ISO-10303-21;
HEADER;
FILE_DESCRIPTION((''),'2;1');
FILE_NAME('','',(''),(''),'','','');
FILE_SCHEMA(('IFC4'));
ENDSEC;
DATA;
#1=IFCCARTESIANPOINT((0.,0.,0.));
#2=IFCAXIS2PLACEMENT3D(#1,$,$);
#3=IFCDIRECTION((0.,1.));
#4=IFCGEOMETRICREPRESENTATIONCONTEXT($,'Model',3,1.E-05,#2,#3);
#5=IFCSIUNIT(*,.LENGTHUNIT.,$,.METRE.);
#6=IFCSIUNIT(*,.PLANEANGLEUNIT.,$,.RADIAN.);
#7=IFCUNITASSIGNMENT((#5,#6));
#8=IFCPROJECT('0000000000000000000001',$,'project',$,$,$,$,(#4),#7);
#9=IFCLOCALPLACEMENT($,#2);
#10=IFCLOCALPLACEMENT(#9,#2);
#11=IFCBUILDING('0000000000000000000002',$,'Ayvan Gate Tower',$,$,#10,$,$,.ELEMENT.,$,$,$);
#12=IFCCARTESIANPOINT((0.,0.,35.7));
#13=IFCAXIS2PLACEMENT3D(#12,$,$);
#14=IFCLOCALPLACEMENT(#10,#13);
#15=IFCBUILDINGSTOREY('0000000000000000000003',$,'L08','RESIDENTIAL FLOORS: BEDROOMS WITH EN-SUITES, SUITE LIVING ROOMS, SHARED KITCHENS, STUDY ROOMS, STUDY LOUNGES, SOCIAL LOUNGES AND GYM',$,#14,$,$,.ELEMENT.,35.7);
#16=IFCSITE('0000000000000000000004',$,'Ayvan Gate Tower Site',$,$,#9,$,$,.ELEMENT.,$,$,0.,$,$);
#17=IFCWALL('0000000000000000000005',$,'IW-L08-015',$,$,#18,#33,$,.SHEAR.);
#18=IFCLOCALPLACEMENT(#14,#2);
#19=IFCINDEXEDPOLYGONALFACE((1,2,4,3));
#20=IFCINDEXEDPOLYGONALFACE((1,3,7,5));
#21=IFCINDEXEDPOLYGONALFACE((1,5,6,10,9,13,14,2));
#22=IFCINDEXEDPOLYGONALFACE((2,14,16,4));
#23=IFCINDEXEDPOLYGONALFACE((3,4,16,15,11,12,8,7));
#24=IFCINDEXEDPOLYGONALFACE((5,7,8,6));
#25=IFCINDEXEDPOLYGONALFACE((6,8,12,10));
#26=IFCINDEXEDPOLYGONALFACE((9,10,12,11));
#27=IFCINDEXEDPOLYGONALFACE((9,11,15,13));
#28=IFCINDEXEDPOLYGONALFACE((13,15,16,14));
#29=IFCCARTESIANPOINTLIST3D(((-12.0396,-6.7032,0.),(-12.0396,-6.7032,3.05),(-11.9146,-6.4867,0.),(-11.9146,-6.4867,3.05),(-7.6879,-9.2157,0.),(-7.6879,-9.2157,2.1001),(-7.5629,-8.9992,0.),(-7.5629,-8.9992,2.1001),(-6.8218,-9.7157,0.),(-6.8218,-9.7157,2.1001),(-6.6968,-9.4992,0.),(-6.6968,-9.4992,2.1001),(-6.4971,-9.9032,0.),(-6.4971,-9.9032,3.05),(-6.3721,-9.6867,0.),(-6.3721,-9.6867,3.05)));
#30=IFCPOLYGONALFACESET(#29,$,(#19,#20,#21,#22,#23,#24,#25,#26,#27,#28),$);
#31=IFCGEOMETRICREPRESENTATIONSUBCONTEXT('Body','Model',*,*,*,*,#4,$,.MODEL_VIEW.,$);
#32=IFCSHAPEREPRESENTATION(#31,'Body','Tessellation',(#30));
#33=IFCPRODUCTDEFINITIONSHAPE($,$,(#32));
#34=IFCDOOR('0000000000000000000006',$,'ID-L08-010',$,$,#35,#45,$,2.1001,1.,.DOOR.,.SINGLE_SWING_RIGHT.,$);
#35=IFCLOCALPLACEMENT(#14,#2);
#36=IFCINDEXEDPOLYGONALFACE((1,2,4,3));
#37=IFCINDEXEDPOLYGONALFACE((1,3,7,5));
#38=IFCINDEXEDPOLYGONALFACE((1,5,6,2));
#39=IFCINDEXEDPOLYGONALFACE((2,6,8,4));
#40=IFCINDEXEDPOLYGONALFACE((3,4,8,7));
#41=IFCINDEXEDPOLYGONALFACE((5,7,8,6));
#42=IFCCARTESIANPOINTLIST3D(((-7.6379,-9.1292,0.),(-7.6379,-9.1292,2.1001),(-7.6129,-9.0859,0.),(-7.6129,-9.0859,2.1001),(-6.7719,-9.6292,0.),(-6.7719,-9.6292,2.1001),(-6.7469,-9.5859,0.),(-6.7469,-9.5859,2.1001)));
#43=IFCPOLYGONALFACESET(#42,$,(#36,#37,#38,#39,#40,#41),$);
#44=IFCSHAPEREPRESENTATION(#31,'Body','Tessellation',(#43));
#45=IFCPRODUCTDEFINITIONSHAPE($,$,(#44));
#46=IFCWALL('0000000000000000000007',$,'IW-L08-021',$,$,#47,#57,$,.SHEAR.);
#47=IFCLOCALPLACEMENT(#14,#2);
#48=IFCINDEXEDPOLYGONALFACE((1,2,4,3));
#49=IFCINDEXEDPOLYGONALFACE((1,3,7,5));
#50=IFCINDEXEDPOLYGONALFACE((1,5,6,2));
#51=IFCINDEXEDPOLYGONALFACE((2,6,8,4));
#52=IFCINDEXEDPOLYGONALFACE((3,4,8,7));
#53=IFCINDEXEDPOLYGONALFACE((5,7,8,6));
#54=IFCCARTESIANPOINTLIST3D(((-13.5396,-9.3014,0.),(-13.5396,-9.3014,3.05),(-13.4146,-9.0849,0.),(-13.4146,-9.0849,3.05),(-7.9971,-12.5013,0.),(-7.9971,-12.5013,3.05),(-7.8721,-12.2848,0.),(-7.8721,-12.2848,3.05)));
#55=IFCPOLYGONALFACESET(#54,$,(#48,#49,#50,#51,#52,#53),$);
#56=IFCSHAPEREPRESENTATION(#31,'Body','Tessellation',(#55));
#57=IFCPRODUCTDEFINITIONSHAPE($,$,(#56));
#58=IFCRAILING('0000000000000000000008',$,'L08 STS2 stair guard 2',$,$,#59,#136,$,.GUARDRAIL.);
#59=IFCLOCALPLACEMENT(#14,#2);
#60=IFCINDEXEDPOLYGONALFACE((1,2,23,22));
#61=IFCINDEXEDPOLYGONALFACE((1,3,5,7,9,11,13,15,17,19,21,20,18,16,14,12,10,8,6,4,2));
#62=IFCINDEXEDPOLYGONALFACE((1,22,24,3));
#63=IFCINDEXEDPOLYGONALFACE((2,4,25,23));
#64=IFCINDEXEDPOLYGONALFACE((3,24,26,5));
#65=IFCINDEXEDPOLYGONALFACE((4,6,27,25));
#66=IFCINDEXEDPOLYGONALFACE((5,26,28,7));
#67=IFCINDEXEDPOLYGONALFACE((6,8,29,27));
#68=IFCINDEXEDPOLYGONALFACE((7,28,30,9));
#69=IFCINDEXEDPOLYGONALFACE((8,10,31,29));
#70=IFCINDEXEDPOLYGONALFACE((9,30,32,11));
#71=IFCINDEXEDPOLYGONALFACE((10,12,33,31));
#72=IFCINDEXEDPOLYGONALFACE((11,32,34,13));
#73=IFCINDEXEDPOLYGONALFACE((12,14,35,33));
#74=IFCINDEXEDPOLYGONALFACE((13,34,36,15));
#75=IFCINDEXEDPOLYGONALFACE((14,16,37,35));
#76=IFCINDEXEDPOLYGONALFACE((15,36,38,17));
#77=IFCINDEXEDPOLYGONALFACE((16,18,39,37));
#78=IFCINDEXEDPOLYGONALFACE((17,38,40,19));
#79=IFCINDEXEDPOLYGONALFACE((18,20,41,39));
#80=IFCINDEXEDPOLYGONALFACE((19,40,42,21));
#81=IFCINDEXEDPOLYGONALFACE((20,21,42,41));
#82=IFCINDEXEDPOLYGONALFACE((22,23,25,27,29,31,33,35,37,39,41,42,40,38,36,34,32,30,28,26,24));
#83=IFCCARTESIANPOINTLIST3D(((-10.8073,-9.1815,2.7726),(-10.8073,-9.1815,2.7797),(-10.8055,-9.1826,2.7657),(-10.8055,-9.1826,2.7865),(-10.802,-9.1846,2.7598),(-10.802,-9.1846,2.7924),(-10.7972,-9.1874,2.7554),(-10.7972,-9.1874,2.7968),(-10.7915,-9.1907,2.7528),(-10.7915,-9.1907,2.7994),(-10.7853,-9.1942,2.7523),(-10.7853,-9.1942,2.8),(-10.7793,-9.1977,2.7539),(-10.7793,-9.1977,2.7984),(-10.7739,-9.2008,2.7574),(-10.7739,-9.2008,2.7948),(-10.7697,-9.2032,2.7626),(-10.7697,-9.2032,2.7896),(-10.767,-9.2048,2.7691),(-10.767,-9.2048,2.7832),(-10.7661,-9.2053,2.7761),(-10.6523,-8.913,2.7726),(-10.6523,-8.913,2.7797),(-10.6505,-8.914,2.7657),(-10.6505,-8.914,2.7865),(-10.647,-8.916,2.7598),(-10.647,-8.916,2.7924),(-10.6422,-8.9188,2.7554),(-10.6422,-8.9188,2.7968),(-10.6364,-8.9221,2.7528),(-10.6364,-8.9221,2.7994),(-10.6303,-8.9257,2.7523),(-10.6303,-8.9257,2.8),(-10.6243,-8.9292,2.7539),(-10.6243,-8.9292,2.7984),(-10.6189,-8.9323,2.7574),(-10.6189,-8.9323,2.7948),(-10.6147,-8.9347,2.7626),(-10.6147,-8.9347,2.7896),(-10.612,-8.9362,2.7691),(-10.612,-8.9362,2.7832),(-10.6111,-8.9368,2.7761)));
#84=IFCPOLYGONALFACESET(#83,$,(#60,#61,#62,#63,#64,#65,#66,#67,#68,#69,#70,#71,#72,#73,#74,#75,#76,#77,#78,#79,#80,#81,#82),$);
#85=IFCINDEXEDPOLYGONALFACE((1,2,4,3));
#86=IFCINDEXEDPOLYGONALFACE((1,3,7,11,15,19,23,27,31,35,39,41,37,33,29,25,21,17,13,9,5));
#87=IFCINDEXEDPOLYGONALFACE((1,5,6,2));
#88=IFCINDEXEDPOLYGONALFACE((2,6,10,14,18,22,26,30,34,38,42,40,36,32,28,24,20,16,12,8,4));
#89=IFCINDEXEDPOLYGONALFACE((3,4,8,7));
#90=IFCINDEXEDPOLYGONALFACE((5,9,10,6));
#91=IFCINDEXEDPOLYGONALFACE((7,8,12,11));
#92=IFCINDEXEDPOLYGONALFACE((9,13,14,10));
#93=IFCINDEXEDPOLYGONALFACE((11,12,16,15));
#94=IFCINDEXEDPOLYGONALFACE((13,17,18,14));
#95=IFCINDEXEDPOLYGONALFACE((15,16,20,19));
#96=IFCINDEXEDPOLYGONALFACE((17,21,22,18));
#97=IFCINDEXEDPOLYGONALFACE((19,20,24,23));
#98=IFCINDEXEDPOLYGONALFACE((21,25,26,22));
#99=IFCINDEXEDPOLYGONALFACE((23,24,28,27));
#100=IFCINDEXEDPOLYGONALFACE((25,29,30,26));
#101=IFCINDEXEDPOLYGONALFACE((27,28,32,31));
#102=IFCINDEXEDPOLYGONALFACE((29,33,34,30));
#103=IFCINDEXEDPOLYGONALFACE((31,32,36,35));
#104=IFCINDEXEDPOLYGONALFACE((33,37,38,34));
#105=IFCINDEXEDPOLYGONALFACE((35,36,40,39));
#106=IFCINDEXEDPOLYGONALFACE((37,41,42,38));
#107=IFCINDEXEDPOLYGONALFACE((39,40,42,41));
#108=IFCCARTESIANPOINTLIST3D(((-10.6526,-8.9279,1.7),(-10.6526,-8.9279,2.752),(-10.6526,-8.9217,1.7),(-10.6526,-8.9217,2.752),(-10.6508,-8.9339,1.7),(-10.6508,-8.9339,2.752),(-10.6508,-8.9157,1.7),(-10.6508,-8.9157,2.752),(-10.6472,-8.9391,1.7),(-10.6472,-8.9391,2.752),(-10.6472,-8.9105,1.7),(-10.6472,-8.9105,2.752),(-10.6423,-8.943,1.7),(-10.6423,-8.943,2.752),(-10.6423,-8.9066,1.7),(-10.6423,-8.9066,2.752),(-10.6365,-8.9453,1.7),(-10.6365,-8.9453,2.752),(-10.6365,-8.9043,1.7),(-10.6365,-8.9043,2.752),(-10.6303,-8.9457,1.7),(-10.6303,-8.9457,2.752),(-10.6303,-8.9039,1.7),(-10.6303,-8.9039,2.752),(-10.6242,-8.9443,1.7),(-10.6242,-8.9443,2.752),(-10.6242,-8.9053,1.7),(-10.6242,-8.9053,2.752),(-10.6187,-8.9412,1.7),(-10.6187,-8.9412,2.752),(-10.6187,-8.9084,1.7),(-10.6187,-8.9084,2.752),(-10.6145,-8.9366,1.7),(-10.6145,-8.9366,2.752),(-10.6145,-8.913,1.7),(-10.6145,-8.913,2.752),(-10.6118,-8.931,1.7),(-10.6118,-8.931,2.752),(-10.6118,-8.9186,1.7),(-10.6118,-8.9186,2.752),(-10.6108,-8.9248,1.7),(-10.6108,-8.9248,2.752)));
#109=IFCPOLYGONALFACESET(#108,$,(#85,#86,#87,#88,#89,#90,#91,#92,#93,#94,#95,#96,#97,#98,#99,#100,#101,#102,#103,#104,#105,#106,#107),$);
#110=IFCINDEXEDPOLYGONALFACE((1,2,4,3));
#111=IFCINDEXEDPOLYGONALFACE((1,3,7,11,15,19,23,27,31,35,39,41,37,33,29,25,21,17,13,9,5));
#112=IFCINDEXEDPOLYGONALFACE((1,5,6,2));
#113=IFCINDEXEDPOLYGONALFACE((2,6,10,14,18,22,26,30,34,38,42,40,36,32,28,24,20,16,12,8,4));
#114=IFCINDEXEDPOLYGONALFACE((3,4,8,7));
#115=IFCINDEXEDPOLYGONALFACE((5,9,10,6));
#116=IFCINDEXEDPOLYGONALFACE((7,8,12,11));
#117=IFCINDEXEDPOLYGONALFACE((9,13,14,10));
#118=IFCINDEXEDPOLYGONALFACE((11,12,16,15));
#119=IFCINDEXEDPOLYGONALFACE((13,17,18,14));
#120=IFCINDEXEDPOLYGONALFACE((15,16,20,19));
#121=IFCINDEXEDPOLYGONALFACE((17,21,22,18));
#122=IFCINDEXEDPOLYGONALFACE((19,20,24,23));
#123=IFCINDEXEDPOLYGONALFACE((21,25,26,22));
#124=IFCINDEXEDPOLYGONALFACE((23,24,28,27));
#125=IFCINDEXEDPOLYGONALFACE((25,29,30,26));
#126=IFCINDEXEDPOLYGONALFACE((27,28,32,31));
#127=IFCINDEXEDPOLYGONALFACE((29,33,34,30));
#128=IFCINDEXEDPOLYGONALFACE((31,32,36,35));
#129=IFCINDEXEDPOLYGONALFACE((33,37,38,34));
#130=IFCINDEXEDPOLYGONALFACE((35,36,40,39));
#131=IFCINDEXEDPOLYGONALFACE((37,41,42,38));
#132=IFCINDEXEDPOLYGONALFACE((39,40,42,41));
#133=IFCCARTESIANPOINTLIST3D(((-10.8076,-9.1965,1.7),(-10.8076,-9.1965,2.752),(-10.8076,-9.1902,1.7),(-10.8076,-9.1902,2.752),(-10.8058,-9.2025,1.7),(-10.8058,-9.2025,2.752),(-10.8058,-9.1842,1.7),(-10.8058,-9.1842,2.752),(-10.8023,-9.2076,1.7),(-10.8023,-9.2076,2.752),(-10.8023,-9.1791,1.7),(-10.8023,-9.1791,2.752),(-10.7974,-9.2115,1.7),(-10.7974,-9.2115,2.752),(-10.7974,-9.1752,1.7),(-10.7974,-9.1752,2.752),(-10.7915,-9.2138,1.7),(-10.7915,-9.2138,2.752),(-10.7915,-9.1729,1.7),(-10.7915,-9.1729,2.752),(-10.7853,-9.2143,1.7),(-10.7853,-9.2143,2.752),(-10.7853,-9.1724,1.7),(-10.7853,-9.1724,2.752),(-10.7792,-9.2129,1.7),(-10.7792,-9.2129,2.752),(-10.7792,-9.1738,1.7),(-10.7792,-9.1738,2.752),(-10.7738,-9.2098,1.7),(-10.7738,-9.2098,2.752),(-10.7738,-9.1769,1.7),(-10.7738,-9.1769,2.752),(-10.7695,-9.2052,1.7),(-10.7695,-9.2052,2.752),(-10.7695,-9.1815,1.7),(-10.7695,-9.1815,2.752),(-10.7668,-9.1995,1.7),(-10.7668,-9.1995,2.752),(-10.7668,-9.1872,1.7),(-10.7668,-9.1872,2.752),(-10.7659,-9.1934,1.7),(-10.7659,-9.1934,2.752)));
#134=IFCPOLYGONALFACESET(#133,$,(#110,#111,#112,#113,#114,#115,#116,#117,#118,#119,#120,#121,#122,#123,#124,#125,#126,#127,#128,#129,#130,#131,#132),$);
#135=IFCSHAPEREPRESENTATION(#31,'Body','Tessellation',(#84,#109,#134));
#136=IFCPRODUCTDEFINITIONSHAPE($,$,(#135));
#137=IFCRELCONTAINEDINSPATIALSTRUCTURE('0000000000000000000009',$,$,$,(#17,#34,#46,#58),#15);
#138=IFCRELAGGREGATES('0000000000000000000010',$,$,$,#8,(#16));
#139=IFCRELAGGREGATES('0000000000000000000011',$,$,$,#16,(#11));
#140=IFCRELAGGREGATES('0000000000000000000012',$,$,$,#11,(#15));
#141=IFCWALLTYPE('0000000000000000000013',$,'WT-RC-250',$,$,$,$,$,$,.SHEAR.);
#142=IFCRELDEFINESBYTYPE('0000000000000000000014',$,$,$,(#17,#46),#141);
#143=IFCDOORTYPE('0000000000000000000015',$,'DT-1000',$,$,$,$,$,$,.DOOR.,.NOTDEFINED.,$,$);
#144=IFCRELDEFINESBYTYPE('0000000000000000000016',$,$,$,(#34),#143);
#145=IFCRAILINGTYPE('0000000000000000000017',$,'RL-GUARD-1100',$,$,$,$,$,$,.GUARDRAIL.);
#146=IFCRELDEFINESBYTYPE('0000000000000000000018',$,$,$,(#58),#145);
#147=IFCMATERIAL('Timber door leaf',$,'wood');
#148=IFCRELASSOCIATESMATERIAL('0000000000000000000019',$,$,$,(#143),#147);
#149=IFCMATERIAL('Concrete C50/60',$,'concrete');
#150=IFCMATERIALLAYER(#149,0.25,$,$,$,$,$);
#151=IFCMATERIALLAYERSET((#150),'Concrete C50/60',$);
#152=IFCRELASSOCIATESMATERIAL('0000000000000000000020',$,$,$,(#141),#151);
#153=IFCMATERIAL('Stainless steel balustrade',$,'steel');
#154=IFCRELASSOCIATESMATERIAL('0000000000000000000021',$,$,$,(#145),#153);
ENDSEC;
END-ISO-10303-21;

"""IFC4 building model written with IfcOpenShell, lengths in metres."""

from ifc_helpers import new_model, si_unit, direction, frame, frame_2d, origin, origin_2d, place, context, subcontext, project, spatial, rectangle, circle, extrude, material, layer, layer_set, type_object, element, fill, save


model = new_model("IFC4")

# Units and contexts
model_context = context("Model", 3, precision=1e-05, world=origin(), true_north=direction((0.0, 1.0)))
body_context = subcontext(model_context, "Body", "Model", "MODEL_VIEW")
ifc_project = project(units=[si_unit("LENGTHUNIT", "METRE"), si_unit("PLANEANGLEUNIT", "RADIAN")], contexts=[model_context])

# Site, building, storey
site_placement = place(None, origin())
site = spatial("IfcSite", under=ifc_project, at=site_placement, Name="Ayvan Gate Tower Site", CompositionType="ELEMENT", RefElevation=0.0)
building_placement = place(site_placement, origin())
building = spatial("IfcBuilding", under=site, at=building_placement, Name="Ayvan Gate Tower", CompositionType="ELEMENT")
storey_placement = place(building_placement, frame((0.0, 0.0, 35.7)))
storey = spatial("IfcBuildingStorey", under=building, at=storey_placement, Name="L08", Description="RESIDENTIAL FLOORS: BEDROOMS WITH EN-SUITES, SUITE LIVING ROOMS, SHARED KITCHENS, STUDY ROOMS, STUDY LOUNGES, SOCIAL LOUNGES AND GYM", CompositionType="ELEMENT", Elevation=35.7)

# Shared definitions
ifc_material_1 = material(Name="Timber door leaf", Category="wood")
door_type_1 = type_object("IfcDoorType", Name="DT-1000", OperationType="NOTDEFINED", PredefinedType="DOOR", material=ifc_material_1)

# Shared definitions
ifc_material_2 = material(Name="Concrete C50/60", Category="concrete")
ifc_layer_1 = layer(ifc_material_2, 0.25)
ifc_layer_set_1 = layer_set([ifc_layer_1], Name="Concrete C50/60")
wall_type_1 = type_object("IfcWallType", Name="WT-RC-250", PredefinedType="SHEAR", material=ifc_layer_set_1)

# Wall, opening, door
wall_1_placement = place(storey_placement, frame((-11.9771, -6.595, 0.0), z_axis=(0.0, 0.0, 1.0), x_axis=(0.866025, -0.5, 0.0)))
wall_1 = element("IfcWall", 1, at=wall_1_placement, inside=storey, type_object=wall_type_1, Name="IW-L08-015", PredefinedType="SHEAR", context=body_context, shape_type="SweptSolid", body=[
    extrude(rectangle(XDim=6.3999, YDim=0.25, at=frame_2d((3.2, 0.0))), origin(), (0.0, 0.0, 1.0), 3.05),
])
opening_1_placement = place(wall_1_placement, frame((5.0249, 0.0, 0.0)))
opening_1 = element("IfcOpeningElement", 2, at=opening_1_placement, cuts=wall_1, PredefinedType="OPENING", context=body_context, shape_type="SweptSolid", body=[
    extrude(rectangle(XDim=1.0, YDim=2.1001, at=frame_2d((0.5, 1.05))), frame((0.0, 0.135, 0.0), z_axis=(0.0, -1.0, 0.0), x_axis=(1.0, 0.0, 0.0)), (0.0, 0.0, 1.0), 0.27),
])
door_1_placement = place(opening_1_placement, origin())
door_1 = element("IfcDoor", 3, at=door_1_placement, inside=storey, type_object=door_type_1, Name="ID-L08-010", OperationType="SINGLE_SWING_RIGHT", OverallHeight=2.1001, OverallWidth=1.0, PredefinedType="DOOR", context=body_context, shape_type="SweptSolid", body=[
    extrude(rectangle(XDim=1.0, YDim=2.1001, at=frame_2d((0.5, 1.05))), frame((0.0, 0.0249, 0.0), z_axis=(0.0, -1.0, 0.0), x_axis=(1.0, 0.0, 0.0)), (0.0, 0.0, 1.0), 0.05),
])
fill(opening_1, door_1)

# Wall
wall_2_placement = place(storey_placement, frame((-13.4771, -9.1931, 0.0), z_axis=(0.0, 0.0, 1.0), x_axis=(0.866025, -0.5, 0.0)))
element("IfcWall", 4, at=wall_2_placement, inside=storey, type_object=wall_type_1, Name="IW-L08-021", PredefinedType="SHEAR", context=body_context, shape_type="SweptSolid", body=[
    extrude(rectangle(XDim=6.3999, YDim=0.25, at=frame_2d((3.2, 0.0))), origin(), (0.0, 0.0, 1.0), 3.05),
])

# Railing
ifc_material_3 = material(Name="Stainless steel balustrade", Category="steel")
railing_type_1 = type_object("IfcRailingType", Name="RL-GUARD-1100", PredefinedType="GUARDRAIL", material=ifc_material_3)
railing_1_placement = place(storey_placement, frame((-10.6318, -8.9248, 1.7)))
element("IfcRailing", 5, at=railing_1_placement, inside=storey, type_object=railing_type_1, Name="L08 STS2 stair guard 2", PredefinedType="GUARDRAIL", context=body_context, shape_type="SweptSolid", body=[
    extrude(circle(Radius=0.0239, at=origin_2d()), frame((0.0, 0.0, 1.0762), z_axis=(-0.49995, -0.866054, 0.0), x_axis=(0.866054, -0.49995, 0.0)), (0.0, 0.0, 1.0), 0.3101),
    extrude(circle(Radius=0.021, at=origin_2d()), origin(), (0.0, 0.0, 1.0), 1.052),
    extrude(circle(Radius=0.021, at=origin_2d()), frame((-0.155, -0.2686, 0.0)), (0.0, 0.0, 1.0), 1.052),
])

save(model, "model.ifc")
